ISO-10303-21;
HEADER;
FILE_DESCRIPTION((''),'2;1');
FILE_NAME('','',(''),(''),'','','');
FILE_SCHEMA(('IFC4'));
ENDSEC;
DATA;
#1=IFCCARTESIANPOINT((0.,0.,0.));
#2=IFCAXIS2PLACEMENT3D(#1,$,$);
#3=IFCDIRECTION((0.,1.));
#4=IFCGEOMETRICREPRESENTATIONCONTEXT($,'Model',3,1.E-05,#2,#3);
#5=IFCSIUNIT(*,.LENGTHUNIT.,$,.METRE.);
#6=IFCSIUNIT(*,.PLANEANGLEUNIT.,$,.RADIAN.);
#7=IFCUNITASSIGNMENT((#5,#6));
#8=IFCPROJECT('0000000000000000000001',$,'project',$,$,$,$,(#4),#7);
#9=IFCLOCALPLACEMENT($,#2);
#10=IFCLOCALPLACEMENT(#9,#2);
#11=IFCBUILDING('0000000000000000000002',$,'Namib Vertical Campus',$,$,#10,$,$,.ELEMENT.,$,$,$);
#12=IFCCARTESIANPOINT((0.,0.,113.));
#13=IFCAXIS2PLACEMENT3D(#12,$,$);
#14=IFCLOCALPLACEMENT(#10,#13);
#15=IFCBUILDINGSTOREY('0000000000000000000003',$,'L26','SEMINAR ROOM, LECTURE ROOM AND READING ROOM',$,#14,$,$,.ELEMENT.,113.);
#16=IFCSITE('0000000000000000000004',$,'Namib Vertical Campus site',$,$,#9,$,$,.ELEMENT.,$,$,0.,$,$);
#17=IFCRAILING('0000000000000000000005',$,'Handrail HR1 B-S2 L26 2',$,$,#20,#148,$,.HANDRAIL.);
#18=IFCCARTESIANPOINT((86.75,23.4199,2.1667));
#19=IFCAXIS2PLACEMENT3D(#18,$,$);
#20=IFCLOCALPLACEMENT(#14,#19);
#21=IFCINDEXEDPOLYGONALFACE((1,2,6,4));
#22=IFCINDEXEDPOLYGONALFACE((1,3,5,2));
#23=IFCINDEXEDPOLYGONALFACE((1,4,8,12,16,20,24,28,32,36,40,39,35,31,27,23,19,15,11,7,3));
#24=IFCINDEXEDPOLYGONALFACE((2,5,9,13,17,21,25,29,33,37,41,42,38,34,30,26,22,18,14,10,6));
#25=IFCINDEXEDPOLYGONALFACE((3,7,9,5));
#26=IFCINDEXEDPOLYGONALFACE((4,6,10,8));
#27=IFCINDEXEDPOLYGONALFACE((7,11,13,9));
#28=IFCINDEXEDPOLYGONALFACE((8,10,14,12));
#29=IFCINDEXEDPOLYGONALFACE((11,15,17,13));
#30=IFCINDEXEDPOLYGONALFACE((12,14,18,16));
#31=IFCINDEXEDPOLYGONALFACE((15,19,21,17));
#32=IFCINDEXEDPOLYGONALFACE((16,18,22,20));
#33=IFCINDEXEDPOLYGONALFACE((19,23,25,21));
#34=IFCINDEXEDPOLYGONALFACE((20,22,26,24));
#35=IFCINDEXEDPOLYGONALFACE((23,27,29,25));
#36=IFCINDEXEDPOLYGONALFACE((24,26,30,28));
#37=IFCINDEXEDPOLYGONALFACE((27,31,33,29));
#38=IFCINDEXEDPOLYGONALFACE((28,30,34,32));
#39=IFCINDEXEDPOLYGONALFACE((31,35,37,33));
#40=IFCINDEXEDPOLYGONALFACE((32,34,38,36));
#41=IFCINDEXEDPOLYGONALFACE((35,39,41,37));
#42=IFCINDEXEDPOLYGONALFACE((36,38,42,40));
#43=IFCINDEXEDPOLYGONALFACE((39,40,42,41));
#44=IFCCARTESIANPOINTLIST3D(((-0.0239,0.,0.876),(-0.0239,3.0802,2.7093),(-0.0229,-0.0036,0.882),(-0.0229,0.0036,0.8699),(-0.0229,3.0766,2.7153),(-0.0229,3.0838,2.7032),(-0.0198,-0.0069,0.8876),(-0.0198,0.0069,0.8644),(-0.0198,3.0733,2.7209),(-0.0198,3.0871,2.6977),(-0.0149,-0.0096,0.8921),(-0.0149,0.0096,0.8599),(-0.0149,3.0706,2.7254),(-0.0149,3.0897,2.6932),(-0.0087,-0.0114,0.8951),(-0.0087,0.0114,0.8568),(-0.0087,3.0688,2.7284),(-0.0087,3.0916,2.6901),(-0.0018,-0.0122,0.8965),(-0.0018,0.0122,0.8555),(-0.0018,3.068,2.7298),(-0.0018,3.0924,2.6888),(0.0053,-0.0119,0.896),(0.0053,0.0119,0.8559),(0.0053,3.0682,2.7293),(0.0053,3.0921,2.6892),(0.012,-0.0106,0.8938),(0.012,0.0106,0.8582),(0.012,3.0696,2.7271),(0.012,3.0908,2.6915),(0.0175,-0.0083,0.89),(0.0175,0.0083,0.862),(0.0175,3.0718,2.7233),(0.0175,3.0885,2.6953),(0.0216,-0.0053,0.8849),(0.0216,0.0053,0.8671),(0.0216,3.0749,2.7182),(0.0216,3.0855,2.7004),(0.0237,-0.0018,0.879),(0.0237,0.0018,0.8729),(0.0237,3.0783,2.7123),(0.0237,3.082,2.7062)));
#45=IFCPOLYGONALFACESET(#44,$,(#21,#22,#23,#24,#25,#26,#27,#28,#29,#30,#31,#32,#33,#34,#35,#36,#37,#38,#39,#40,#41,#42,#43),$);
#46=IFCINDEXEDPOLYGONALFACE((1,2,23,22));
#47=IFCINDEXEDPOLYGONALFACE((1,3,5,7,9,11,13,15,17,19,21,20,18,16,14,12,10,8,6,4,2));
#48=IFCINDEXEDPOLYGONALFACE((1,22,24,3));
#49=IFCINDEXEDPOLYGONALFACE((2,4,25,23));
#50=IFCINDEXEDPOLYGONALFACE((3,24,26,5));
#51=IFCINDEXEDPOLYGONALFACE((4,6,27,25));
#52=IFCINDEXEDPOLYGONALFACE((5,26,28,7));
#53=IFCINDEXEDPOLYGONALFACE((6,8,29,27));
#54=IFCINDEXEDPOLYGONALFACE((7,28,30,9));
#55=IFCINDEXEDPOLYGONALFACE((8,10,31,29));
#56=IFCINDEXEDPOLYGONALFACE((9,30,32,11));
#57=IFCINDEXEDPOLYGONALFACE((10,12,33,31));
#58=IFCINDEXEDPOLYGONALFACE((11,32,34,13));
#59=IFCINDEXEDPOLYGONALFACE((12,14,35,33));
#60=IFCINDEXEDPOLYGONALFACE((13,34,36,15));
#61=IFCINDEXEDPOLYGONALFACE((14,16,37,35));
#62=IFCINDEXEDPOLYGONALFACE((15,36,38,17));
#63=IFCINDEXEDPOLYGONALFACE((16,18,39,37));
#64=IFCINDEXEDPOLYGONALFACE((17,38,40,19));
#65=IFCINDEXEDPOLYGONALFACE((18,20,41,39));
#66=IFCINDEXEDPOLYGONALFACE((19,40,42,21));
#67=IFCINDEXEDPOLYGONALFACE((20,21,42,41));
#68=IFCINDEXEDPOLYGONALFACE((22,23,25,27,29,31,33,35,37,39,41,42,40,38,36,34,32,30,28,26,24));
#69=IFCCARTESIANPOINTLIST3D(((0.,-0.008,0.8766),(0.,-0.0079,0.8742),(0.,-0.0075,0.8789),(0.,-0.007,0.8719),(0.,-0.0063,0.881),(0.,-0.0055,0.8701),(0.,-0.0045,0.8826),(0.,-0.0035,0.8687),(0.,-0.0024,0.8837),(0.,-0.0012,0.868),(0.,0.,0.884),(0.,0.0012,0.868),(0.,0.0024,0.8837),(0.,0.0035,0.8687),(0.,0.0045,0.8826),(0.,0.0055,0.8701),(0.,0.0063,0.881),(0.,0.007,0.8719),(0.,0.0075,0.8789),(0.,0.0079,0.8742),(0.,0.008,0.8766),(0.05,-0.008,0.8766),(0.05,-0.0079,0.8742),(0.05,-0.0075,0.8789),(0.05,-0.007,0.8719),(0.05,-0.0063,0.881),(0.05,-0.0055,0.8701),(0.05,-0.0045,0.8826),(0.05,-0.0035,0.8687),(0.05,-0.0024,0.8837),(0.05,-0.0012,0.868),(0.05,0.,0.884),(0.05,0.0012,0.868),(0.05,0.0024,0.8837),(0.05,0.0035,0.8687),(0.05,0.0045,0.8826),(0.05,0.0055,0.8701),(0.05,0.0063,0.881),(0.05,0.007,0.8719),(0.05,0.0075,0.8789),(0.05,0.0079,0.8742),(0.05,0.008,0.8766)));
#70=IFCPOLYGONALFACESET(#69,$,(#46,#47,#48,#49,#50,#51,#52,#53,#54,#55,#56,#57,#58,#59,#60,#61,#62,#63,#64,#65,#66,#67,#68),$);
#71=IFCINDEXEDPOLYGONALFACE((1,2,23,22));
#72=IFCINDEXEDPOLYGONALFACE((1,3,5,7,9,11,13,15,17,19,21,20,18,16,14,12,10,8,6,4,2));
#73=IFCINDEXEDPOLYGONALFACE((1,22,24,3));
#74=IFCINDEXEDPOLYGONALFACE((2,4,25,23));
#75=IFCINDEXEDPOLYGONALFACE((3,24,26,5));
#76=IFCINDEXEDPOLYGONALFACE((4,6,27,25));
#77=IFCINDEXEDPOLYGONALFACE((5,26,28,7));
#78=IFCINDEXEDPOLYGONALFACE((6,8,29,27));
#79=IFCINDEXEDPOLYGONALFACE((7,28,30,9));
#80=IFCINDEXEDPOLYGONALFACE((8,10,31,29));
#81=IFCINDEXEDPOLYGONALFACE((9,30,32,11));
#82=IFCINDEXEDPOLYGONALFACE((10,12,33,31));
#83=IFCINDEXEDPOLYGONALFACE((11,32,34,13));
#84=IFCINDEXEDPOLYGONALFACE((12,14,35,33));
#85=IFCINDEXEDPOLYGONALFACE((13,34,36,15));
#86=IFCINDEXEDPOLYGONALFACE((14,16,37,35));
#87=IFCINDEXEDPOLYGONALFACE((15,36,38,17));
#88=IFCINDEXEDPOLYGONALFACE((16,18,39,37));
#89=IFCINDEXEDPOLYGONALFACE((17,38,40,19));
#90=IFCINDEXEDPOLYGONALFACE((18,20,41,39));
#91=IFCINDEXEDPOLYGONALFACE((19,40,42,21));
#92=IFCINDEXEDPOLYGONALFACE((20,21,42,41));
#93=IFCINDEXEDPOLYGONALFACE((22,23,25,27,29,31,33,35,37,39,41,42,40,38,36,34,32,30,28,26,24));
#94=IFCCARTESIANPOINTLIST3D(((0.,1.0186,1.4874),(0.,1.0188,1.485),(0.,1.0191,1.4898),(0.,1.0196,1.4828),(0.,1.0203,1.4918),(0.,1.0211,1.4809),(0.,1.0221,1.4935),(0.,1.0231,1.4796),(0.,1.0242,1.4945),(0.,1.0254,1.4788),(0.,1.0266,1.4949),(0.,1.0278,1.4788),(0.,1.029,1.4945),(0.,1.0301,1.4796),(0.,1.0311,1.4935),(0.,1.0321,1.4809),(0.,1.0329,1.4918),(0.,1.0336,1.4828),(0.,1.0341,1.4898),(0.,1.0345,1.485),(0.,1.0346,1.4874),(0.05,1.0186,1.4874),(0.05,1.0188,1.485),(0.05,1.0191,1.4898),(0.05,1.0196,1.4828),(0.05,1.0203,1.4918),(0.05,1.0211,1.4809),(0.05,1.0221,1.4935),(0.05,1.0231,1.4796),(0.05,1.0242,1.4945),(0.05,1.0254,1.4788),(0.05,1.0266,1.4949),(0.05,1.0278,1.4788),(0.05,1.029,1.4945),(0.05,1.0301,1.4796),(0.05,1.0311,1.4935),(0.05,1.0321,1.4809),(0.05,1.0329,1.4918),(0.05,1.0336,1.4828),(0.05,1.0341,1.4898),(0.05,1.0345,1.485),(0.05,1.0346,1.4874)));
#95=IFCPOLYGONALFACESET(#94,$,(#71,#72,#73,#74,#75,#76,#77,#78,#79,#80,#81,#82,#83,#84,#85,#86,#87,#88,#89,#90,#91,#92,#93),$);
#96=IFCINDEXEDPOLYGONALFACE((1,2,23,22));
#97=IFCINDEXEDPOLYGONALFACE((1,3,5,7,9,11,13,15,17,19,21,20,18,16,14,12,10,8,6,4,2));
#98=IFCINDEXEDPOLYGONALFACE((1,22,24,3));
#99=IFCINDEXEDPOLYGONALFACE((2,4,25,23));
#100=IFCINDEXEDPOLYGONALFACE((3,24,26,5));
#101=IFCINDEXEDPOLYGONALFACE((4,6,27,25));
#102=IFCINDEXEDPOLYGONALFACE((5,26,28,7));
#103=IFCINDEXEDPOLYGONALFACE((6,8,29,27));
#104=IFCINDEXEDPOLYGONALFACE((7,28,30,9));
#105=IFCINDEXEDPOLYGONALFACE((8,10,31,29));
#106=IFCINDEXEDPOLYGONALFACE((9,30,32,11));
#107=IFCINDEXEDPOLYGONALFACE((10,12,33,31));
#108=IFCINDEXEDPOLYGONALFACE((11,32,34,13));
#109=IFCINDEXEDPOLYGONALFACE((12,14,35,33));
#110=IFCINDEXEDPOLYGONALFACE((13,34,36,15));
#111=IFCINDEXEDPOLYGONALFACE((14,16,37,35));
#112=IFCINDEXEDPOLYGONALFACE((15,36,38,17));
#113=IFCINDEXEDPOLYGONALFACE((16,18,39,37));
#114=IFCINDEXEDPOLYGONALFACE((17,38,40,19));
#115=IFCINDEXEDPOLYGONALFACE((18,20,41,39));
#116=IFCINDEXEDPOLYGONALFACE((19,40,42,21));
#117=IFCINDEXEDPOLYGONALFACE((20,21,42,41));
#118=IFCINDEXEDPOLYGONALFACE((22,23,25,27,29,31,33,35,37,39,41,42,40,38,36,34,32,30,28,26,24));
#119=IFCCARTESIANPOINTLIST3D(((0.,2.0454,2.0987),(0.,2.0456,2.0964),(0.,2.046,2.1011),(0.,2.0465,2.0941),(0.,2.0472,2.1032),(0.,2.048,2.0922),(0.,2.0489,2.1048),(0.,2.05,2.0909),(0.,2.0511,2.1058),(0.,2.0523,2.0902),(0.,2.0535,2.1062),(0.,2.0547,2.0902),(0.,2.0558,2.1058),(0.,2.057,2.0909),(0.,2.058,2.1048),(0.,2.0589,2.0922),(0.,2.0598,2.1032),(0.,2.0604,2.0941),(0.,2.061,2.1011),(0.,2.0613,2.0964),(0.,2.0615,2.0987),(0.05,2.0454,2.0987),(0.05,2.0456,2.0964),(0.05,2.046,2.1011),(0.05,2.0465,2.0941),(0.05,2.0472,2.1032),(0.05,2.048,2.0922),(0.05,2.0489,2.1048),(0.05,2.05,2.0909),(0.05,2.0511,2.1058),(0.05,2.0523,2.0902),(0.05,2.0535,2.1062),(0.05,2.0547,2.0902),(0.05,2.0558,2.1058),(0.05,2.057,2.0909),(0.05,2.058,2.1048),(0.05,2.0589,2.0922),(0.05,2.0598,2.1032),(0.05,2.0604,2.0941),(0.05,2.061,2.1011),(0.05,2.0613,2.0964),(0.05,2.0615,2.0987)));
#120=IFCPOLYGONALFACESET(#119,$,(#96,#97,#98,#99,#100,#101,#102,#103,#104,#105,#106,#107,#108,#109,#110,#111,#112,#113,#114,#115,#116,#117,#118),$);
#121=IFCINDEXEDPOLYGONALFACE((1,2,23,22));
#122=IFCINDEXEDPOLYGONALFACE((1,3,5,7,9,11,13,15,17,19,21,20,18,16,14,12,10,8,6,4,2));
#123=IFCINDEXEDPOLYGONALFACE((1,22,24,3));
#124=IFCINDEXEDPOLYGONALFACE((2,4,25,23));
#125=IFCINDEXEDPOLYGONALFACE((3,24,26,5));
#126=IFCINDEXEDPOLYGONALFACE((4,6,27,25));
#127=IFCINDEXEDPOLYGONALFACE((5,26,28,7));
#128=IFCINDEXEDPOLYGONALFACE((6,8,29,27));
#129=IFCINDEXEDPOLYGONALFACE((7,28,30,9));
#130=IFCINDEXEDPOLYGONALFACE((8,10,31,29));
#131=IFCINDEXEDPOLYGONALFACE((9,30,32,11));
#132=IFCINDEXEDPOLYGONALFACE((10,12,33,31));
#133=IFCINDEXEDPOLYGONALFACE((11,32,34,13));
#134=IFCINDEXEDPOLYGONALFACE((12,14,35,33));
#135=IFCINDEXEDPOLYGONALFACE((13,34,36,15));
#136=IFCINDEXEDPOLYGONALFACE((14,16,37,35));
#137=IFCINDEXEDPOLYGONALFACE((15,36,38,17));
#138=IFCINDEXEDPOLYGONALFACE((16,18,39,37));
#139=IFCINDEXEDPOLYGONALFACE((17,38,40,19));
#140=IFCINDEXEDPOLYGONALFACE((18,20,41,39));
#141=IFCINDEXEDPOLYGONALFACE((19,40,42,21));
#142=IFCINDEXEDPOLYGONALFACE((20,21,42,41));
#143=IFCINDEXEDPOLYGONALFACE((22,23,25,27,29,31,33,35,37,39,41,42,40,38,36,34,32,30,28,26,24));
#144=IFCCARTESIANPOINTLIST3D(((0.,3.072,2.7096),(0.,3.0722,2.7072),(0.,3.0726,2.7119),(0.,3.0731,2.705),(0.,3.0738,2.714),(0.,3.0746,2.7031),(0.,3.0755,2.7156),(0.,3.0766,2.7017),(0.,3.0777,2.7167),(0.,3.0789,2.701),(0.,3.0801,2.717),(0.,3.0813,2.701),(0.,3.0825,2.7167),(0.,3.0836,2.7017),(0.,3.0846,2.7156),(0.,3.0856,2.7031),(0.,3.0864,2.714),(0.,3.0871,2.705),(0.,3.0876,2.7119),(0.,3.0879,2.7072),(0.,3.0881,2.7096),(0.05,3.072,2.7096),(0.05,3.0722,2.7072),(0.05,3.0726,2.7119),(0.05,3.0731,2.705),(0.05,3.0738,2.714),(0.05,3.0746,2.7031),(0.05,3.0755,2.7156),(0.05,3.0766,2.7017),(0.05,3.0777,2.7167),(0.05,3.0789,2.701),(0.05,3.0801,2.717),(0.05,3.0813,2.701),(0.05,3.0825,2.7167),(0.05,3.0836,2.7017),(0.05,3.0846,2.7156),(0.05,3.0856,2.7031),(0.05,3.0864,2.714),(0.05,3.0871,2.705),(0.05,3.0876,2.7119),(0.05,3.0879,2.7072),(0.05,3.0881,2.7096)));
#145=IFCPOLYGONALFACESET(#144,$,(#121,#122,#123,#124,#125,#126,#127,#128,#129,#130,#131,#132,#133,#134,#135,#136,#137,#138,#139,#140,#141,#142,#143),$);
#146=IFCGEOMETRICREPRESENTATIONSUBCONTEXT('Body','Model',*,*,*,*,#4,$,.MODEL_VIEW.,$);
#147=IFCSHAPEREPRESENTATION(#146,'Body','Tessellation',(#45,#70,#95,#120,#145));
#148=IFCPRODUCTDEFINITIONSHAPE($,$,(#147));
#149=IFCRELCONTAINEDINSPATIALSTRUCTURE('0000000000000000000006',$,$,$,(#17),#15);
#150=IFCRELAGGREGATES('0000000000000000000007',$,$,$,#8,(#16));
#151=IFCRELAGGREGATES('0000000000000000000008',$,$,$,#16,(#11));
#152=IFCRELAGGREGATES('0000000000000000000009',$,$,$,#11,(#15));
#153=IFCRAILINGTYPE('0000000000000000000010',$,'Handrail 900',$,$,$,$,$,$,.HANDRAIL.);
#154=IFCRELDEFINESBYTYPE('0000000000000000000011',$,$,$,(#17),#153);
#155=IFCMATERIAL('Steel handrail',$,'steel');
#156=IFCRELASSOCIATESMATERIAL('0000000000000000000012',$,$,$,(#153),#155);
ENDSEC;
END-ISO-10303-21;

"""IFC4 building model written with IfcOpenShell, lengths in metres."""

from ifc_helpers import new_model, si_unit, direction, frame, origin, origin_2d, place, context, subcontext, project, spatial, circle, extrude, material, type_object, element, save


model = new_model("IFC4")

# Units and contexts
model_context = context("Model", 3, precision=1e-05, world=origin(), true_north=direction((0.0, 1.0)))
body_context = subcontext(model_context, "Body", "Model", "MODEL_VIEW")
ifc_project = project(units=[si_unit("LENGTHUNIT", "METRE"), si_unit("PLANEANGLEUNIT", "RADIAN")], contexts=[model_context])

# Site, building, storey
site_placement = place(None, origin())
site = spatial("IfcSite", under=ifc_project, at=site_placement, Name="Namib Vertical Campus site", CompositionType="ELEMENT", RefElevation=0.0)
building_placement = place(site_placement, origin())
building = spatial("IfcBuilding", under=site, at=building_placement, Name="Namib Vertical Campus", CompositionType="ELEMENT")
storey_placement = place(building_placement, frame((0.0, 0.0, 113.0)))
storey = spatial("IfcBuildingStorey", under=building, at=storey_placement, Name="L26", Description="SEMINAR ROOM, LECTURE ROOM AND READING ROOM", CompositionType="ELEMENT", Elevation=113.0)

# Railing
ifc_material_1 = material(Name="Steel handrail", Category="steel")
railing_type_1 = type_object("IfcRailingType", Name="Handrail 900", PredefinedType="HANDRAIL", material=ifc_material_1)
railing_1_placement = place(storey_placement, frame((86.75, 23.4199, 2.1667)))
element("IfcRailing", 1, at=railing_1_placement, inside=storey, type_object=railing_type_1, Name="Handrail HR1 B-S2 L26 2", PredefinedType="HANDRAIL", context=body_context, shape_type="SweptSolid", body=[
    extrude(circle(Radius=0.0239, at=origin_2d()), frame((0.0, 0.0, 0.876), z_axis=(0.0, 0.859309, 0.511458), x_axis=(-1.0, 0.0, 0.0)), (0.0, 0.0, 1.0), 3.5845),
    extrude(circle(Radius=0.0081, at=origin_2d()), frame((0.0, 0.0, 0.876), z_axis=(1.0, 0.0, 0.0), x_axis=(0.0, 0.0, 1.0)), (0.0, 0.0, 1.0), 0.05),
    extrude(circle(Radius=0.0081, at=origin_2d()), frame((0.0, 1.0266, 1.4868), z_axis=(1.0, 0.0, 0.0), x_axis=(0.0, 0.0, 1.0)), (0.0, 0.0, 1.0), 0.05),
    extrude(circle(Radius=0.0081, at=origin_2d()), frame((0.0, 2.0535, 2.0981), z_axis=(1.0, 0.0, 0.0), x_axis=(0.0, 0.0, 1.0)), (0.0, 0.0, 1.0), 0.05),
    extrude(circle(Radius=0.0081, at=origin_2d()), frame((0.0, 3.0801, 2.709), z_axis=(1.0, 0.0, 0.0), x_axis=(0.0, 0.0, 1.0)), (0.0, 0.0, 1.0), 0.05),
])

save(model, "model.ifc")
